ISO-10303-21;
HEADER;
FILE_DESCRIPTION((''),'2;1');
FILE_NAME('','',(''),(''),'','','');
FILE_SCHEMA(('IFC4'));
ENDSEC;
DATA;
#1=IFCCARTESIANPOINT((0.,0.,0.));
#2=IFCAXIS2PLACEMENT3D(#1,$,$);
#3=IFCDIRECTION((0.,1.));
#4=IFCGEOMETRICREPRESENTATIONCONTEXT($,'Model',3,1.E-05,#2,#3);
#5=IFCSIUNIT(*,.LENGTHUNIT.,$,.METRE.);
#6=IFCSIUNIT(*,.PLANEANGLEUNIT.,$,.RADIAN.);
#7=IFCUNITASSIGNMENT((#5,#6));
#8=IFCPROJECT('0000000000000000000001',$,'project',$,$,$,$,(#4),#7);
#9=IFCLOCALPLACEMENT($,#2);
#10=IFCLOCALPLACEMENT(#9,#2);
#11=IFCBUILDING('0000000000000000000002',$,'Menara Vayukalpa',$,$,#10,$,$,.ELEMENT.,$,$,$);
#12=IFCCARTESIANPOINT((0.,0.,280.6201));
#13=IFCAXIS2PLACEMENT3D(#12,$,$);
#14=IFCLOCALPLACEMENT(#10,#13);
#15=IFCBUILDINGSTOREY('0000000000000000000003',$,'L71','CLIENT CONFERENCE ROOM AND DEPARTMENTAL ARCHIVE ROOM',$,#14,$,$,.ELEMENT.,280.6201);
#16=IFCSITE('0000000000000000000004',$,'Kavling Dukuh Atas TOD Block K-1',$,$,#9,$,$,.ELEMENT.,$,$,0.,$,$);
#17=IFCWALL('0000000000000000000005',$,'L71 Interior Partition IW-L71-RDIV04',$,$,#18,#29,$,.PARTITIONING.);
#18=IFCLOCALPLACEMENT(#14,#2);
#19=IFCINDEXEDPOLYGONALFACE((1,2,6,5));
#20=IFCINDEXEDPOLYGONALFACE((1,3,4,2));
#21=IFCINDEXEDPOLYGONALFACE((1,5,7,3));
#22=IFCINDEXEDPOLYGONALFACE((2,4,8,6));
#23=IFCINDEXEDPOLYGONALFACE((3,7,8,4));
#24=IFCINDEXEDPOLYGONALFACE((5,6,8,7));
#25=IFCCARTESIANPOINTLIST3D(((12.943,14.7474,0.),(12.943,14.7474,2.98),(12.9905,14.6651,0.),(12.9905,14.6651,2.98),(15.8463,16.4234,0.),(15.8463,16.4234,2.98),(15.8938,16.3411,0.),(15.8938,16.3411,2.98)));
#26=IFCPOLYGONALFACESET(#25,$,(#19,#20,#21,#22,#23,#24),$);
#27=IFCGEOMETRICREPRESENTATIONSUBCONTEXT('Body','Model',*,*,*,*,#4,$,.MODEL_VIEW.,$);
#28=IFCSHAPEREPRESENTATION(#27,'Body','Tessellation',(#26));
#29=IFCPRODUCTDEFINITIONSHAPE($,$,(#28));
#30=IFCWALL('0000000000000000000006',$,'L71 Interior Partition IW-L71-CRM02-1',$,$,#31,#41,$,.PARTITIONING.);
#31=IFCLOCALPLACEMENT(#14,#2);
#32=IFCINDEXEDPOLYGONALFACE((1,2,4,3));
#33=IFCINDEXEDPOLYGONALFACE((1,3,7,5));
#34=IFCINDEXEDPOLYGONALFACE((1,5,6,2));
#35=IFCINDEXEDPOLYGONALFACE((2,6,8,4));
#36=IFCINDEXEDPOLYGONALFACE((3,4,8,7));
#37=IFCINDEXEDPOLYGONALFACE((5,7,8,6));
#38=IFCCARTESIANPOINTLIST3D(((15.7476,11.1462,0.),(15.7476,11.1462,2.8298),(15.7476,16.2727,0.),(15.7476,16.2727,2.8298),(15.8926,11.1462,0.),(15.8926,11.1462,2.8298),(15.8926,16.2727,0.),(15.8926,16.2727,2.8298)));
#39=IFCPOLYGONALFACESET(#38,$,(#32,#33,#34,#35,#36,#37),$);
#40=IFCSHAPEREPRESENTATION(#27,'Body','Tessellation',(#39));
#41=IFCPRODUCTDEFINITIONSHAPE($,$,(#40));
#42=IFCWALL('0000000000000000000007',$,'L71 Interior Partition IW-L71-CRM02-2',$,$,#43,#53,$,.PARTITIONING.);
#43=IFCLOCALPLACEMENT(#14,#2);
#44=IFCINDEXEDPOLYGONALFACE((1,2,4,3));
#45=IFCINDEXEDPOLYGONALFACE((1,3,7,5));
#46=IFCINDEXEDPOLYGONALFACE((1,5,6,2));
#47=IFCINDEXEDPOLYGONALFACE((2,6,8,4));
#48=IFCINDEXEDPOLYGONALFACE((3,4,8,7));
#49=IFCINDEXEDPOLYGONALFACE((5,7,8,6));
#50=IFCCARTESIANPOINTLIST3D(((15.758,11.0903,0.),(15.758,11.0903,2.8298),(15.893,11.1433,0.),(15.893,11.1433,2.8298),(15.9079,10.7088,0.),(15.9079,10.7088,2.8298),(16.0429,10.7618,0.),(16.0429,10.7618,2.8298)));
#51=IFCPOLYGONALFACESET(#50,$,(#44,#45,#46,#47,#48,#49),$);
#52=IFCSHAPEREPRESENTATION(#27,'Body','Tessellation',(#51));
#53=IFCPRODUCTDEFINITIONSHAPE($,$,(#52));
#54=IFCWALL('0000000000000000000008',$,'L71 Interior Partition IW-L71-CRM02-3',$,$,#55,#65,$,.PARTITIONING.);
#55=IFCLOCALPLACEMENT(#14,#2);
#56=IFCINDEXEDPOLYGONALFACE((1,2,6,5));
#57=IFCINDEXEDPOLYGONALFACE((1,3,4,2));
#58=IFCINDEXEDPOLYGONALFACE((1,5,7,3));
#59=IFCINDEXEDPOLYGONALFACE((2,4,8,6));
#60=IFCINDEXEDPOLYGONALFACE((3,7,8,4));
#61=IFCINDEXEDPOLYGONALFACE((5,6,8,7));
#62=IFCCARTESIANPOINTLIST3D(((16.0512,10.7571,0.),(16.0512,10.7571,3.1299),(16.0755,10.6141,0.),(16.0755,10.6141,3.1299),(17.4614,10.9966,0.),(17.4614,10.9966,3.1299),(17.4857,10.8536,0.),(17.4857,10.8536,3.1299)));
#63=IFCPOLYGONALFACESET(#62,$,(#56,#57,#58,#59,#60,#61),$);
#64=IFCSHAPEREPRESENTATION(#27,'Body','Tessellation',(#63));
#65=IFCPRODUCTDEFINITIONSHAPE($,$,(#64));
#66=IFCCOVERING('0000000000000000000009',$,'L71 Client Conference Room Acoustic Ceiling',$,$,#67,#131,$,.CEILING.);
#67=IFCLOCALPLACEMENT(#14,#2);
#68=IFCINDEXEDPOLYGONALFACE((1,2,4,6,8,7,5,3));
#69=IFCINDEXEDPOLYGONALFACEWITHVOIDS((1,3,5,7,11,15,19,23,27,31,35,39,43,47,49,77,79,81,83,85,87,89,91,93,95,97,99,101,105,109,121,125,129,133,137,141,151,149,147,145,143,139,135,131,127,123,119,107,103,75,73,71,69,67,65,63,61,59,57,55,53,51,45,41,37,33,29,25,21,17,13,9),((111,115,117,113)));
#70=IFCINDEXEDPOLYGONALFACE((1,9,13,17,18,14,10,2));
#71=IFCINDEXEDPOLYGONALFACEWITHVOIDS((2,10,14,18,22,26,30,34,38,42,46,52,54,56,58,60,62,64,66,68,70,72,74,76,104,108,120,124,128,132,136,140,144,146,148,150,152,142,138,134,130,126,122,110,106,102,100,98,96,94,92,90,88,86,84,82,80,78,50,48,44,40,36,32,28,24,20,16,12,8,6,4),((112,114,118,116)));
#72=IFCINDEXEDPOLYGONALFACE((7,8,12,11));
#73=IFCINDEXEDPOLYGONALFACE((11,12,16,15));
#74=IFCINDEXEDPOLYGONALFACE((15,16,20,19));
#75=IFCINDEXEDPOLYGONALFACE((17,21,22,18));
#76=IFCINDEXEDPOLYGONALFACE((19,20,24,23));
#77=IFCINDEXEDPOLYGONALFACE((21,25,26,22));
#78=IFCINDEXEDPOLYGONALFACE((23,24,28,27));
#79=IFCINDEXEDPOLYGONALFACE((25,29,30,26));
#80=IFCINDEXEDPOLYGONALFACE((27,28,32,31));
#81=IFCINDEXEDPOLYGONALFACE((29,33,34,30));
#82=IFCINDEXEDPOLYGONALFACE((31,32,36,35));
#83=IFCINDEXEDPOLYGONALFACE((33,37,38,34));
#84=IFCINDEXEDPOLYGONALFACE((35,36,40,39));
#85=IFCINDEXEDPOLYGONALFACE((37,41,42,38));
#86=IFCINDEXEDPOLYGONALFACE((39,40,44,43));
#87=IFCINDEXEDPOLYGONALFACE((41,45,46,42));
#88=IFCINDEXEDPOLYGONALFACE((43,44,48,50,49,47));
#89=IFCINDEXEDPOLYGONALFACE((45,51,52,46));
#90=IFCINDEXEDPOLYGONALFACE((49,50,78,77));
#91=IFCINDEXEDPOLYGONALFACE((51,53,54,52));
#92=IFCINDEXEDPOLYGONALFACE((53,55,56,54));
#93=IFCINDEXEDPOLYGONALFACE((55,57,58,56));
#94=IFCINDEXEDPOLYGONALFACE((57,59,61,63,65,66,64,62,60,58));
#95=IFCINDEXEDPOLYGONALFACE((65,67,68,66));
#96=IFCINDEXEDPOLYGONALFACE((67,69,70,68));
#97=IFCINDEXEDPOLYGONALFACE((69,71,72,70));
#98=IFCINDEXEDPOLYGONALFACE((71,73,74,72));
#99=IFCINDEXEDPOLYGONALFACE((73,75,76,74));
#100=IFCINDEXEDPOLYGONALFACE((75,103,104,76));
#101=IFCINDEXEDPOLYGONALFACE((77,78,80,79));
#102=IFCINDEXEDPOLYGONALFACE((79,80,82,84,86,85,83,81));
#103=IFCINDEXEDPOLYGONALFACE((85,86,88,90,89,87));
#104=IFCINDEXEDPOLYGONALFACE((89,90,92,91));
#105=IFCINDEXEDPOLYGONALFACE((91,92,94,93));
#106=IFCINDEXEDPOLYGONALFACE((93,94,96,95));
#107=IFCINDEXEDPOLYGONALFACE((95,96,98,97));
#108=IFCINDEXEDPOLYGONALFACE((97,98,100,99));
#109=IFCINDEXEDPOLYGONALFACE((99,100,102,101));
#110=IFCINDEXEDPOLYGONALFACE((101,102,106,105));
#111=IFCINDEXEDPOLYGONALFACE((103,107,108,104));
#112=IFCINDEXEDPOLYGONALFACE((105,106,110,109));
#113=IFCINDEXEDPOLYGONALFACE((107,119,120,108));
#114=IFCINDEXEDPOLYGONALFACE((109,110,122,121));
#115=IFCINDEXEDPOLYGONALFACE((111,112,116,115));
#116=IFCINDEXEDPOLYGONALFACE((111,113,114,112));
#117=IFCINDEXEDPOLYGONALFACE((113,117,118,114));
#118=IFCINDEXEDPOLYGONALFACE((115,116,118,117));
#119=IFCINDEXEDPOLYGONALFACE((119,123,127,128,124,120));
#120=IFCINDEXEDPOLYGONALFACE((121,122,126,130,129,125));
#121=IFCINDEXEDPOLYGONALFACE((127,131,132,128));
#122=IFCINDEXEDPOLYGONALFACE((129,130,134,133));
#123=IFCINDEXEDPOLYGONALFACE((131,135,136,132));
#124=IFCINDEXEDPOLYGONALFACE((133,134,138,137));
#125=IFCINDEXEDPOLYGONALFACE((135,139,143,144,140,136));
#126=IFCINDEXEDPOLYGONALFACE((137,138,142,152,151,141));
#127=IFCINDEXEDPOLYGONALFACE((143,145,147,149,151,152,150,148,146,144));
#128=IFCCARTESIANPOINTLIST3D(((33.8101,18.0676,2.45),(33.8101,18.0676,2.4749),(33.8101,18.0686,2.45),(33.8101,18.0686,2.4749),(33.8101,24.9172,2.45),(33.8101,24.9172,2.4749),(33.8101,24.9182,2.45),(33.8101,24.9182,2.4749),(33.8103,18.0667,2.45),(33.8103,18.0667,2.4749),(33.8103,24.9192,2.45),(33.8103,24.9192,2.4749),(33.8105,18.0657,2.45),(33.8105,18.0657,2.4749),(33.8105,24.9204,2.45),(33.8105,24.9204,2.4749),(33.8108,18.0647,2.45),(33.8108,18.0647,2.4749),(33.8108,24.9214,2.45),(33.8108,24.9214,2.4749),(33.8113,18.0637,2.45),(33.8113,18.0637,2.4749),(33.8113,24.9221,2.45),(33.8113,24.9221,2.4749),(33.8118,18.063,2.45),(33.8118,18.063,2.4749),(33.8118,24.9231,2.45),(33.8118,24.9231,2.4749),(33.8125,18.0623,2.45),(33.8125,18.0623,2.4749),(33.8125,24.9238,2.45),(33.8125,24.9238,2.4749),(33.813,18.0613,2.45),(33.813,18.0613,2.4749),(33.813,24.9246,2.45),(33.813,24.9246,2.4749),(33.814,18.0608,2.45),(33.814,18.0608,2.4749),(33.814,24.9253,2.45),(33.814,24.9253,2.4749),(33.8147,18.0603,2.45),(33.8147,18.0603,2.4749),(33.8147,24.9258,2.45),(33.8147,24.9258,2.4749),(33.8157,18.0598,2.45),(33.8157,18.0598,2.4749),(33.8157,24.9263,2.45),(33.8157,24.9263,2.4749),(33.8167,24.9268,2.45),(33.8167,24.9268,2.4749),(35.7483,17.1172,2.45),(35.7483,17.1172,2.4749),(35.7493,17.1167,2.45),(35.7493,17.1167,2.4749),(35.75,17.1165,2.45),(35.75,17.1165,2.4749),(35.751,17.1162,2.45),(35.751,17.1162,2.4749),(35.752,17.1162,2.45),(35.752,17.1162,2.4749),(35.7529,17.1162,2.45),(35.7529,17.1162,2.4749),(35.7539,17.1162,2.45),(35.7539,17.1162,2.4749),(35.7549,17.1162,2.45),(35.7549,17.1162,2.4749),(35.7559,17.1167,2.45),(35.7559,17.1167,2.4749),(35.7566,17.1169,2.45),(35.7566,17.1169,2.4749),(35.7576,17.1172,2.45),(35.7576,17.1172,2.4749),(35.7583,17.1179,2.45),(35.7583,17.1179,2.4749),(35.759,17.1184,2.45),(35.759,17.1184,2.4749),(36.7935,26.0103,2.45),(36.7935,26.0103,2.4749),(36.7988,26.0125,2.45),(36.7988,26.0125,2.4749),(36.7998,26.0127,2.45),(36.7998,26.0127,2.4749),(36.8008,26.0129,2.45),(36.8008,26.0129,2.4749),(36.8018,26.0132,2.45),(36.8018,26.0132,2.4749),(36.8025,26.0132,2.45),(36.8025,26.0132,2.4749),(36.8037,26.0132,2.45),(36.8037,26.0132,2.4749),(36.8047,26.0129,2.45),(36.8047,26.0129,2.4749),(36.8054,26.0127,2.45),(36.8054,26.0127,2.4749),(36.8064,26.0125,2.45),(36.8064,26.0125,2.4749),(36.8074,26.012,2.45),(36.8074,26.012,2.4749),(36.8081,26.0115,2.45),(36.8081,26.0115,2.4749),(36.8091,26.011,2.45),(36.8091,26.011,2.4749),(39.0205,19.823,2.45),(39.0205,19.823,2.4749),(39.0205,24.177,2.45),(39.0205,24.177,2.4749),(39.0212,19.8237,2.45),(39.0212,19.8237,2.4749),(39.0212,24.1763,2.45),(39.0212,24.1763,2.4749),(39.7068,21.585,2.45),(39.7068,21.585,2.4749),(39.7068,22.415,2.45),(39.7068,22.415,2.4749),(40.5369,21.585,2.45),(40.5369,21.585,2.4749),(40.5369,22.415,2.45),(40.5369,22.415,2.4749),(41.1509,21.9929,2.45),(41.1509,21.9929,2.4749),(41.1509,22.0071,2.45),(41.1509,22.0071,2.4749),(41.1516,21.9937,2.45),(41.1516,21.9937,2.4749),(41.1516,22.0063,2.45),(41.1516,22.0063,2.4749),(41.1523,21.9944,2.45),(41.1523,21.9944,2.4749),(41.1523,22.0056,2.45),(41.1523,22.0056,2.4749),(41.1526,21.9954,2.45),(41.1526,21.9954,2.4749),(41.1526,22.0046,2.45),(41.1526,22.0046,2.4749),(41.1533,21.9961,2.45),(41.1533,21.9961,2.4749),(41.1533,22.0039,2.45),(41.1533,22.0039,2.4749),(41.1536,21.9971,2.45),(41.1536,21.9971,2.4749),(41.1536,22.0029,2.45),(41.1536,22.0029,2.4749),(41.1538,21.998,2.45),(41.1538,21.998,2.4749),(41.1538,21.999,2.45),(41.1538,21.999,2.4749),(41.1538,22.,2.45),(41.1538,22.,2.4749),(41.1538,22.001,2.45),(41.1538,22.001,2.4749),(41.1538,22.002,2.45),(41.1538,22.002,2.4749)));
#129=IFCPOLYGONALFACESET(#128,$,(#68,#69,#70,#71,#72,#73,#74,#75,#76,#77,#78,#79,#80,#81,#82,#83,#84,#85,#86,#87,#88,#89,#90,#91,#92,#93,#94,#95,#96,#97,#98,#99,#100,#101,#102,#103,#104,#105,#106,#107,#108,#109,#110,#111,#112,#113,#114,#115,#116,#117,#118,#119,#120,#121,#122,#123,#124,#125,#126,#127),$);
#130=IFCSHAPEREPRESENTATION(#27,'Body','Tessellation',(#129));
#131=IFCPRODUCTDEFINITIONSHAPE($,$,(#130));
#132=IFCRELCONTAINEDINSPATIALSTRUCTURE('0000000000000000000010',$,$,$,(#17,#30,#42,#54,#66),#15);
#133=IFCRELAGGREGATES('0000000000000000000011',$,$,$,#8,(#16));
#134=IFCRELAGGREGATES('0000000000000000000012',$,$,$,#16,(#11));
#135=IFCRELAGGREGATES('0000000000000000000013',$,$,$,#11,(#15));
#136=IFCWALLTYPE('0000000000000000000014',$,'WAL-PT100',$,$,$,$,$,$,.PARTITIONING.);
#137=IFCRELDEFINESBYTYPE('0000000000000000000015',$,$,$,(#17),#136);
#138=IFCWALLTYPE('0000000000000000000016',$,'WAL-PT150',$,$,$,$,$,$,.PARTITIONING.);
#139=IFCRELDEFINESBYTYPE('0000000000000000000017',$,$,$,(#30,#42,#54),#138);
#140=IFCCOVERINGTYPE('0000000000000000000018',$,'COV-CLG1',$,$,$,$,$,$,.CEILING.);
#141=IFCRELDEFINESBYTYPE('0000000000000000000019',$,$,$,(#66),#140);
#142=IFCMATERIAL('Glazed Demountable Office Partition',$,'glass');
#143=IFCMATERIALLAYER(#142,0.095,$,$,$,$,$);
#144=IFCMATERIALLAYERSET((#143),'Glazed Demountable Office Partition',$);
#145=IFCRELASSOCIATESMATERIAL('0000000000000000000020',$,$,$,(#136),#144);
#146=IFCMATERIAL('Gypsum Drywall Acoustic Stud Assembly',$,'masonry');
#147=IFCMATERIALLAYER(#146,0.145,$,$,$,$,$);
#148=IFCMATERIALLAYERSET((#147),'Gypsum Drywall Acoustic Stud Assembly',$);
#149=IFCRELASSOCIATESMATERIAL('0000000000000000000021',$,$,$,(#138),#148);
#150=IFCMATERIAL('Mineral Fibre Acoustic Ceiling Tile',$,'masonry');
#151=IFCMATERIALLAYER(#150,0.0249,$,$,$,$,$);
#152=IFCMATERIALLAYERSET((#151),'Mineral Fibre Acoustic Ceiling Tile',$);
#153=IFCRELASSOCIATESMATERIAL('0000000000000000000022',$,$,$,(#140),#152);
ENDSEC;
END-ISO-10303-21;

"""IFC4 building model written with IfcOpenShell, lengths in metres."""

from ifc_helpers import new_model, si_unit, direction, frame, frame_2d, origin, place, context, subcontext, project, spatial, polyline, rectangle, outline, extrude, material, layer, layer_set, type_object, element, save


model = new_model("IFC4")

# Units and contexts
model_context = context("Model", 3, precision=1e-05, world=origin(), true_north=direction((0.0, 1.0)))
body_context = subcontext(model_context, "Body", "Model", "MODEL_VIEW")
ifc_project = project(units=[si_unit("LENGTHUNIT", "METRE"), si_unit("PLANEANGLEUNIT", "RADIAN")], contexts=[model_context])

# Site, building, storey
site_placement = place(None, origin())
site = spatial("IfcSite", under=ifc_project, at=site_placement, Name="Kavling Dukuh Atas TOD Block K-1", CompositionType="ELEMENT", RefElevation=0.0)
building_placement = place(site_placement, origin())
building = spatial("IfcBuilding", under=site, at=building_placement, Name="Menara Vayukalpa", CompositionType="ELEMENT")
storey_placement = place(building_placement, frame((0.0, 0.0, 280.6201)))
storey = spatial("IfcBuildingStorey", under=building, at=storey_placement, Name="L71", Description="CLIENT CONFERENCE ROOM AND DEPARTMENTAL ARCHIVE ROOM", CompositionType="ELEMENT", Elevation=280.6201)

# Walls
ifc_material_1 = material(Name="Glazed Demountable Office Partition", Category="glass")
ifc_layer_1 = layer(ifc_material_1, 0.095)
ifc_layer_set_1 = layer_set([ifc_layer_1], Name="Glazed Demountable Office Partition")
wall_type_1 = type_object("IfcWallType", Name="WAL-PT100", PredefinedType="PARTITIONING", material=ifc_layer_set_1)
wall_1_placement = place(storey_placement, frame((15.8701, 16.3823, 0.0), z_axis=(0.0, 0.0, 1.0), x_axis=(-0.866052, -0.499954, 0.0)))
element("IfcWall", 1, at=wall_1_placement, inside=storey, type_object=wall_type_1, Name="L71 Interior Partition IW-L71-RDIV04", PredefinedType="PARTITIONING", context=body_context, shape_type="SweptSolid", body=[
    extrude(rectangle(XDim=3.3523, YDim=0.095, at=frame_2d((1.6763, 0.0))), origin(), (0.0, 0.0, 1.0), 2.98),
])
ifc_material_2 = material(Name="Gypsum Drywall Acoustic Stud Assembly", Category="masonry")
ifc_layer_2 = layer(ifc_material_2, 0.145)
ifc_layer_set_2 = layer_set([ifc_layer_2], Name="Gypsum Drywall Acoustic Stud Assembly")
wall_type_2 = type_object("IfcWallType", Name="WAL-PT150", PredefinedType="PARTITIONING", material=ifc_layer_set_2)
wall_2_placement = place(storey_placement, frame((15.8201, 16.2727, 0.0), z_axis=(0.0, 0.0, 1.0), x_axis=(0.0, -1.0, 0.0)))
element("IfcWall", 2, at=wall_2_placement, inside=storey, type_object=wall_type_2, Name="L71 Interior Partition IW-L71-CRM02-1", PredefinedType="PARTITIONING", context=body_context, shape_type="SweptSolid", body=[
    extrude(rectangle(XDim=5.1265, YDim=0.145, at=frame_2d((2.5632, 0.0))), origin(), (0.0, 0.0, 1.0), 2.8298),
])
wall_3_placement = place(storey_placement, frame((15.8254, 11.1169, 0.0), z_axis=(0.0, 0.0, 1.0), x_axis=(0.365634, -0.930759, 0.0)))
element("IfcWall", 3, at=wall_3_placement, inside=storey, type_object=wall_type_2, Name="L71 Interior Partition IW-L71-CRM02-2", PredefinedType="PARTITIONING", context=body_context, shape_type="SweptSolid", body=[
    extrude(rectangle(XDim=0.4099, YDim=0.145, at=frame_2d((0.2051, 0.0))), origin(), (0.0, 0.0, 1.0), 2.8298),
])
wall_4_placement = place(storey_placement, frame((16.0632, 10.6855, 0.0), z_axis=(0.0, 0.0, 1.0), x_axis=(0.985882, 0.167443, 0.0)))
element("IfcWall", 4, at=wall_4_placement, inside=storey, type_object=wall_type_2, Name="L71 Interior Partition IW-L71-CRM02-3", PredefinedType="PARTITIONING", context=body_context, shape_type="SweptSolid", body=[
    extrude(rectangle(XDim=1.4304, YDim=0.145, at=frame_2d((0.7153, 0.0))), origin(), (0.0, 0.0, 1.0), 3.1299),
])

# Covering
ifc_material_3 = material(Name="Mineral Fibre Acoustic Ceiling Tile", Category="masonry")
ifc_layer_3 = layer(ifc_material_3, 0.0249)
ifc_layer_set_3 = layer_set([ifc_layer_3], Name="Mineral Fibre Acoustic Ceiling Tile")
covering_type_1 = type_object("IfcCoveringType", Name="COV-CLG1", PredefinedType="CEILING", material=ifc_layer_set_3)
covering_1_placement = place(storey_placement, frame((0.0, 0.0, 2.45)))
element("IfcCovering", 5, at=covering_1_placement, inside=storey, type_object=covering_type_1, Name="L71 Client Conference Room Acoustic Ceiling", PredefinedType="CEILING", context=body_context, shape_type="SweptSolid", body=[
    extrude(outline(polyline([(41.1509, 22.0071), (41.1516, 22.0063), (41.1523, 22.0056), (41.1526, 22.0046), (41.1533, 22.0039), (41.1536, 22.0029), (41.1538, 22.002), (41.1538, 22.001), (41.1538, 22.0), (41.1538, 21.999), (41.1538, 21.998), (41.1536, 21.9971), (41.1533, 21.9961), (41.1526, 21.9954), (41.1523, 21.9944), (41.1516, 21.9937), (41.1509, 21.9929), (39.0212, 19.8237), (39.0205, 19.823), (35.759, 17.1184), (35.7583, 17.1179), (35.7576, 17.1172), (35.7566, 17.1169), (35.7559, 17.1167), (35.7549, 17.1162), (35.7539, 17.1162), (35.7529, 17.1162), (35.752, 17.1162), (35.751, 17.1162), (35.75, 17.1165), (35.7493, 17.1167), (35.7483, 17.1172), (33.8157, 18.0598), (33.8147, 18.0603), (33.814, 18.0608), (33.813, 18.0613), (33.8125, 18.0623), (33.8118, 18.063), (33.8113, 18.0637), (33.8108, 18.0647), (33.8105, 18.0657), (33.8103, 18.0667), (33.8101, 18.0676), (33.8101, 18.0686), (33.8101, 24.9172), (33.8101, 24.9182), (33.8103, 24.9192), (33.8105, 24.9204), (33.8108, 24.9214), (33.8113, 24.9221), (33.8118, 24.9231), (33.8125, 24.9238), (33.813, 24.9246), (33.814, 24.9253), (33.8147, 24.9258), (33.8157, 24.9263), (33.8167, 24.9268), (36.7935, 26.0103), (36.7988, 26.0125), (36.7998, 26.0127), (36.8008, 26.0129), (36.8018, 26.0132), (36.8025, 26.0132), (36.8037, 26.0132), (36.8047, 26.0129), (36.8054, 26.0127), (36.8064, 26.0125), (36.8074, 26.012), (36.8081, 26.0115), (36.8091, 26.011), (39.0205, 24.177), (39.0212, 24.1763), (41.1509, 22.0071)]), holes=[polyline([(40.5369, 22.415), (39.7068, 22.415), (39.7068, 21.585), (40.5369, 21.585), (40.5369, 22.415)])]), origin(), (0.0, 0.0, 1.0), 0.0249),
])

save(model, "model.ifc")
